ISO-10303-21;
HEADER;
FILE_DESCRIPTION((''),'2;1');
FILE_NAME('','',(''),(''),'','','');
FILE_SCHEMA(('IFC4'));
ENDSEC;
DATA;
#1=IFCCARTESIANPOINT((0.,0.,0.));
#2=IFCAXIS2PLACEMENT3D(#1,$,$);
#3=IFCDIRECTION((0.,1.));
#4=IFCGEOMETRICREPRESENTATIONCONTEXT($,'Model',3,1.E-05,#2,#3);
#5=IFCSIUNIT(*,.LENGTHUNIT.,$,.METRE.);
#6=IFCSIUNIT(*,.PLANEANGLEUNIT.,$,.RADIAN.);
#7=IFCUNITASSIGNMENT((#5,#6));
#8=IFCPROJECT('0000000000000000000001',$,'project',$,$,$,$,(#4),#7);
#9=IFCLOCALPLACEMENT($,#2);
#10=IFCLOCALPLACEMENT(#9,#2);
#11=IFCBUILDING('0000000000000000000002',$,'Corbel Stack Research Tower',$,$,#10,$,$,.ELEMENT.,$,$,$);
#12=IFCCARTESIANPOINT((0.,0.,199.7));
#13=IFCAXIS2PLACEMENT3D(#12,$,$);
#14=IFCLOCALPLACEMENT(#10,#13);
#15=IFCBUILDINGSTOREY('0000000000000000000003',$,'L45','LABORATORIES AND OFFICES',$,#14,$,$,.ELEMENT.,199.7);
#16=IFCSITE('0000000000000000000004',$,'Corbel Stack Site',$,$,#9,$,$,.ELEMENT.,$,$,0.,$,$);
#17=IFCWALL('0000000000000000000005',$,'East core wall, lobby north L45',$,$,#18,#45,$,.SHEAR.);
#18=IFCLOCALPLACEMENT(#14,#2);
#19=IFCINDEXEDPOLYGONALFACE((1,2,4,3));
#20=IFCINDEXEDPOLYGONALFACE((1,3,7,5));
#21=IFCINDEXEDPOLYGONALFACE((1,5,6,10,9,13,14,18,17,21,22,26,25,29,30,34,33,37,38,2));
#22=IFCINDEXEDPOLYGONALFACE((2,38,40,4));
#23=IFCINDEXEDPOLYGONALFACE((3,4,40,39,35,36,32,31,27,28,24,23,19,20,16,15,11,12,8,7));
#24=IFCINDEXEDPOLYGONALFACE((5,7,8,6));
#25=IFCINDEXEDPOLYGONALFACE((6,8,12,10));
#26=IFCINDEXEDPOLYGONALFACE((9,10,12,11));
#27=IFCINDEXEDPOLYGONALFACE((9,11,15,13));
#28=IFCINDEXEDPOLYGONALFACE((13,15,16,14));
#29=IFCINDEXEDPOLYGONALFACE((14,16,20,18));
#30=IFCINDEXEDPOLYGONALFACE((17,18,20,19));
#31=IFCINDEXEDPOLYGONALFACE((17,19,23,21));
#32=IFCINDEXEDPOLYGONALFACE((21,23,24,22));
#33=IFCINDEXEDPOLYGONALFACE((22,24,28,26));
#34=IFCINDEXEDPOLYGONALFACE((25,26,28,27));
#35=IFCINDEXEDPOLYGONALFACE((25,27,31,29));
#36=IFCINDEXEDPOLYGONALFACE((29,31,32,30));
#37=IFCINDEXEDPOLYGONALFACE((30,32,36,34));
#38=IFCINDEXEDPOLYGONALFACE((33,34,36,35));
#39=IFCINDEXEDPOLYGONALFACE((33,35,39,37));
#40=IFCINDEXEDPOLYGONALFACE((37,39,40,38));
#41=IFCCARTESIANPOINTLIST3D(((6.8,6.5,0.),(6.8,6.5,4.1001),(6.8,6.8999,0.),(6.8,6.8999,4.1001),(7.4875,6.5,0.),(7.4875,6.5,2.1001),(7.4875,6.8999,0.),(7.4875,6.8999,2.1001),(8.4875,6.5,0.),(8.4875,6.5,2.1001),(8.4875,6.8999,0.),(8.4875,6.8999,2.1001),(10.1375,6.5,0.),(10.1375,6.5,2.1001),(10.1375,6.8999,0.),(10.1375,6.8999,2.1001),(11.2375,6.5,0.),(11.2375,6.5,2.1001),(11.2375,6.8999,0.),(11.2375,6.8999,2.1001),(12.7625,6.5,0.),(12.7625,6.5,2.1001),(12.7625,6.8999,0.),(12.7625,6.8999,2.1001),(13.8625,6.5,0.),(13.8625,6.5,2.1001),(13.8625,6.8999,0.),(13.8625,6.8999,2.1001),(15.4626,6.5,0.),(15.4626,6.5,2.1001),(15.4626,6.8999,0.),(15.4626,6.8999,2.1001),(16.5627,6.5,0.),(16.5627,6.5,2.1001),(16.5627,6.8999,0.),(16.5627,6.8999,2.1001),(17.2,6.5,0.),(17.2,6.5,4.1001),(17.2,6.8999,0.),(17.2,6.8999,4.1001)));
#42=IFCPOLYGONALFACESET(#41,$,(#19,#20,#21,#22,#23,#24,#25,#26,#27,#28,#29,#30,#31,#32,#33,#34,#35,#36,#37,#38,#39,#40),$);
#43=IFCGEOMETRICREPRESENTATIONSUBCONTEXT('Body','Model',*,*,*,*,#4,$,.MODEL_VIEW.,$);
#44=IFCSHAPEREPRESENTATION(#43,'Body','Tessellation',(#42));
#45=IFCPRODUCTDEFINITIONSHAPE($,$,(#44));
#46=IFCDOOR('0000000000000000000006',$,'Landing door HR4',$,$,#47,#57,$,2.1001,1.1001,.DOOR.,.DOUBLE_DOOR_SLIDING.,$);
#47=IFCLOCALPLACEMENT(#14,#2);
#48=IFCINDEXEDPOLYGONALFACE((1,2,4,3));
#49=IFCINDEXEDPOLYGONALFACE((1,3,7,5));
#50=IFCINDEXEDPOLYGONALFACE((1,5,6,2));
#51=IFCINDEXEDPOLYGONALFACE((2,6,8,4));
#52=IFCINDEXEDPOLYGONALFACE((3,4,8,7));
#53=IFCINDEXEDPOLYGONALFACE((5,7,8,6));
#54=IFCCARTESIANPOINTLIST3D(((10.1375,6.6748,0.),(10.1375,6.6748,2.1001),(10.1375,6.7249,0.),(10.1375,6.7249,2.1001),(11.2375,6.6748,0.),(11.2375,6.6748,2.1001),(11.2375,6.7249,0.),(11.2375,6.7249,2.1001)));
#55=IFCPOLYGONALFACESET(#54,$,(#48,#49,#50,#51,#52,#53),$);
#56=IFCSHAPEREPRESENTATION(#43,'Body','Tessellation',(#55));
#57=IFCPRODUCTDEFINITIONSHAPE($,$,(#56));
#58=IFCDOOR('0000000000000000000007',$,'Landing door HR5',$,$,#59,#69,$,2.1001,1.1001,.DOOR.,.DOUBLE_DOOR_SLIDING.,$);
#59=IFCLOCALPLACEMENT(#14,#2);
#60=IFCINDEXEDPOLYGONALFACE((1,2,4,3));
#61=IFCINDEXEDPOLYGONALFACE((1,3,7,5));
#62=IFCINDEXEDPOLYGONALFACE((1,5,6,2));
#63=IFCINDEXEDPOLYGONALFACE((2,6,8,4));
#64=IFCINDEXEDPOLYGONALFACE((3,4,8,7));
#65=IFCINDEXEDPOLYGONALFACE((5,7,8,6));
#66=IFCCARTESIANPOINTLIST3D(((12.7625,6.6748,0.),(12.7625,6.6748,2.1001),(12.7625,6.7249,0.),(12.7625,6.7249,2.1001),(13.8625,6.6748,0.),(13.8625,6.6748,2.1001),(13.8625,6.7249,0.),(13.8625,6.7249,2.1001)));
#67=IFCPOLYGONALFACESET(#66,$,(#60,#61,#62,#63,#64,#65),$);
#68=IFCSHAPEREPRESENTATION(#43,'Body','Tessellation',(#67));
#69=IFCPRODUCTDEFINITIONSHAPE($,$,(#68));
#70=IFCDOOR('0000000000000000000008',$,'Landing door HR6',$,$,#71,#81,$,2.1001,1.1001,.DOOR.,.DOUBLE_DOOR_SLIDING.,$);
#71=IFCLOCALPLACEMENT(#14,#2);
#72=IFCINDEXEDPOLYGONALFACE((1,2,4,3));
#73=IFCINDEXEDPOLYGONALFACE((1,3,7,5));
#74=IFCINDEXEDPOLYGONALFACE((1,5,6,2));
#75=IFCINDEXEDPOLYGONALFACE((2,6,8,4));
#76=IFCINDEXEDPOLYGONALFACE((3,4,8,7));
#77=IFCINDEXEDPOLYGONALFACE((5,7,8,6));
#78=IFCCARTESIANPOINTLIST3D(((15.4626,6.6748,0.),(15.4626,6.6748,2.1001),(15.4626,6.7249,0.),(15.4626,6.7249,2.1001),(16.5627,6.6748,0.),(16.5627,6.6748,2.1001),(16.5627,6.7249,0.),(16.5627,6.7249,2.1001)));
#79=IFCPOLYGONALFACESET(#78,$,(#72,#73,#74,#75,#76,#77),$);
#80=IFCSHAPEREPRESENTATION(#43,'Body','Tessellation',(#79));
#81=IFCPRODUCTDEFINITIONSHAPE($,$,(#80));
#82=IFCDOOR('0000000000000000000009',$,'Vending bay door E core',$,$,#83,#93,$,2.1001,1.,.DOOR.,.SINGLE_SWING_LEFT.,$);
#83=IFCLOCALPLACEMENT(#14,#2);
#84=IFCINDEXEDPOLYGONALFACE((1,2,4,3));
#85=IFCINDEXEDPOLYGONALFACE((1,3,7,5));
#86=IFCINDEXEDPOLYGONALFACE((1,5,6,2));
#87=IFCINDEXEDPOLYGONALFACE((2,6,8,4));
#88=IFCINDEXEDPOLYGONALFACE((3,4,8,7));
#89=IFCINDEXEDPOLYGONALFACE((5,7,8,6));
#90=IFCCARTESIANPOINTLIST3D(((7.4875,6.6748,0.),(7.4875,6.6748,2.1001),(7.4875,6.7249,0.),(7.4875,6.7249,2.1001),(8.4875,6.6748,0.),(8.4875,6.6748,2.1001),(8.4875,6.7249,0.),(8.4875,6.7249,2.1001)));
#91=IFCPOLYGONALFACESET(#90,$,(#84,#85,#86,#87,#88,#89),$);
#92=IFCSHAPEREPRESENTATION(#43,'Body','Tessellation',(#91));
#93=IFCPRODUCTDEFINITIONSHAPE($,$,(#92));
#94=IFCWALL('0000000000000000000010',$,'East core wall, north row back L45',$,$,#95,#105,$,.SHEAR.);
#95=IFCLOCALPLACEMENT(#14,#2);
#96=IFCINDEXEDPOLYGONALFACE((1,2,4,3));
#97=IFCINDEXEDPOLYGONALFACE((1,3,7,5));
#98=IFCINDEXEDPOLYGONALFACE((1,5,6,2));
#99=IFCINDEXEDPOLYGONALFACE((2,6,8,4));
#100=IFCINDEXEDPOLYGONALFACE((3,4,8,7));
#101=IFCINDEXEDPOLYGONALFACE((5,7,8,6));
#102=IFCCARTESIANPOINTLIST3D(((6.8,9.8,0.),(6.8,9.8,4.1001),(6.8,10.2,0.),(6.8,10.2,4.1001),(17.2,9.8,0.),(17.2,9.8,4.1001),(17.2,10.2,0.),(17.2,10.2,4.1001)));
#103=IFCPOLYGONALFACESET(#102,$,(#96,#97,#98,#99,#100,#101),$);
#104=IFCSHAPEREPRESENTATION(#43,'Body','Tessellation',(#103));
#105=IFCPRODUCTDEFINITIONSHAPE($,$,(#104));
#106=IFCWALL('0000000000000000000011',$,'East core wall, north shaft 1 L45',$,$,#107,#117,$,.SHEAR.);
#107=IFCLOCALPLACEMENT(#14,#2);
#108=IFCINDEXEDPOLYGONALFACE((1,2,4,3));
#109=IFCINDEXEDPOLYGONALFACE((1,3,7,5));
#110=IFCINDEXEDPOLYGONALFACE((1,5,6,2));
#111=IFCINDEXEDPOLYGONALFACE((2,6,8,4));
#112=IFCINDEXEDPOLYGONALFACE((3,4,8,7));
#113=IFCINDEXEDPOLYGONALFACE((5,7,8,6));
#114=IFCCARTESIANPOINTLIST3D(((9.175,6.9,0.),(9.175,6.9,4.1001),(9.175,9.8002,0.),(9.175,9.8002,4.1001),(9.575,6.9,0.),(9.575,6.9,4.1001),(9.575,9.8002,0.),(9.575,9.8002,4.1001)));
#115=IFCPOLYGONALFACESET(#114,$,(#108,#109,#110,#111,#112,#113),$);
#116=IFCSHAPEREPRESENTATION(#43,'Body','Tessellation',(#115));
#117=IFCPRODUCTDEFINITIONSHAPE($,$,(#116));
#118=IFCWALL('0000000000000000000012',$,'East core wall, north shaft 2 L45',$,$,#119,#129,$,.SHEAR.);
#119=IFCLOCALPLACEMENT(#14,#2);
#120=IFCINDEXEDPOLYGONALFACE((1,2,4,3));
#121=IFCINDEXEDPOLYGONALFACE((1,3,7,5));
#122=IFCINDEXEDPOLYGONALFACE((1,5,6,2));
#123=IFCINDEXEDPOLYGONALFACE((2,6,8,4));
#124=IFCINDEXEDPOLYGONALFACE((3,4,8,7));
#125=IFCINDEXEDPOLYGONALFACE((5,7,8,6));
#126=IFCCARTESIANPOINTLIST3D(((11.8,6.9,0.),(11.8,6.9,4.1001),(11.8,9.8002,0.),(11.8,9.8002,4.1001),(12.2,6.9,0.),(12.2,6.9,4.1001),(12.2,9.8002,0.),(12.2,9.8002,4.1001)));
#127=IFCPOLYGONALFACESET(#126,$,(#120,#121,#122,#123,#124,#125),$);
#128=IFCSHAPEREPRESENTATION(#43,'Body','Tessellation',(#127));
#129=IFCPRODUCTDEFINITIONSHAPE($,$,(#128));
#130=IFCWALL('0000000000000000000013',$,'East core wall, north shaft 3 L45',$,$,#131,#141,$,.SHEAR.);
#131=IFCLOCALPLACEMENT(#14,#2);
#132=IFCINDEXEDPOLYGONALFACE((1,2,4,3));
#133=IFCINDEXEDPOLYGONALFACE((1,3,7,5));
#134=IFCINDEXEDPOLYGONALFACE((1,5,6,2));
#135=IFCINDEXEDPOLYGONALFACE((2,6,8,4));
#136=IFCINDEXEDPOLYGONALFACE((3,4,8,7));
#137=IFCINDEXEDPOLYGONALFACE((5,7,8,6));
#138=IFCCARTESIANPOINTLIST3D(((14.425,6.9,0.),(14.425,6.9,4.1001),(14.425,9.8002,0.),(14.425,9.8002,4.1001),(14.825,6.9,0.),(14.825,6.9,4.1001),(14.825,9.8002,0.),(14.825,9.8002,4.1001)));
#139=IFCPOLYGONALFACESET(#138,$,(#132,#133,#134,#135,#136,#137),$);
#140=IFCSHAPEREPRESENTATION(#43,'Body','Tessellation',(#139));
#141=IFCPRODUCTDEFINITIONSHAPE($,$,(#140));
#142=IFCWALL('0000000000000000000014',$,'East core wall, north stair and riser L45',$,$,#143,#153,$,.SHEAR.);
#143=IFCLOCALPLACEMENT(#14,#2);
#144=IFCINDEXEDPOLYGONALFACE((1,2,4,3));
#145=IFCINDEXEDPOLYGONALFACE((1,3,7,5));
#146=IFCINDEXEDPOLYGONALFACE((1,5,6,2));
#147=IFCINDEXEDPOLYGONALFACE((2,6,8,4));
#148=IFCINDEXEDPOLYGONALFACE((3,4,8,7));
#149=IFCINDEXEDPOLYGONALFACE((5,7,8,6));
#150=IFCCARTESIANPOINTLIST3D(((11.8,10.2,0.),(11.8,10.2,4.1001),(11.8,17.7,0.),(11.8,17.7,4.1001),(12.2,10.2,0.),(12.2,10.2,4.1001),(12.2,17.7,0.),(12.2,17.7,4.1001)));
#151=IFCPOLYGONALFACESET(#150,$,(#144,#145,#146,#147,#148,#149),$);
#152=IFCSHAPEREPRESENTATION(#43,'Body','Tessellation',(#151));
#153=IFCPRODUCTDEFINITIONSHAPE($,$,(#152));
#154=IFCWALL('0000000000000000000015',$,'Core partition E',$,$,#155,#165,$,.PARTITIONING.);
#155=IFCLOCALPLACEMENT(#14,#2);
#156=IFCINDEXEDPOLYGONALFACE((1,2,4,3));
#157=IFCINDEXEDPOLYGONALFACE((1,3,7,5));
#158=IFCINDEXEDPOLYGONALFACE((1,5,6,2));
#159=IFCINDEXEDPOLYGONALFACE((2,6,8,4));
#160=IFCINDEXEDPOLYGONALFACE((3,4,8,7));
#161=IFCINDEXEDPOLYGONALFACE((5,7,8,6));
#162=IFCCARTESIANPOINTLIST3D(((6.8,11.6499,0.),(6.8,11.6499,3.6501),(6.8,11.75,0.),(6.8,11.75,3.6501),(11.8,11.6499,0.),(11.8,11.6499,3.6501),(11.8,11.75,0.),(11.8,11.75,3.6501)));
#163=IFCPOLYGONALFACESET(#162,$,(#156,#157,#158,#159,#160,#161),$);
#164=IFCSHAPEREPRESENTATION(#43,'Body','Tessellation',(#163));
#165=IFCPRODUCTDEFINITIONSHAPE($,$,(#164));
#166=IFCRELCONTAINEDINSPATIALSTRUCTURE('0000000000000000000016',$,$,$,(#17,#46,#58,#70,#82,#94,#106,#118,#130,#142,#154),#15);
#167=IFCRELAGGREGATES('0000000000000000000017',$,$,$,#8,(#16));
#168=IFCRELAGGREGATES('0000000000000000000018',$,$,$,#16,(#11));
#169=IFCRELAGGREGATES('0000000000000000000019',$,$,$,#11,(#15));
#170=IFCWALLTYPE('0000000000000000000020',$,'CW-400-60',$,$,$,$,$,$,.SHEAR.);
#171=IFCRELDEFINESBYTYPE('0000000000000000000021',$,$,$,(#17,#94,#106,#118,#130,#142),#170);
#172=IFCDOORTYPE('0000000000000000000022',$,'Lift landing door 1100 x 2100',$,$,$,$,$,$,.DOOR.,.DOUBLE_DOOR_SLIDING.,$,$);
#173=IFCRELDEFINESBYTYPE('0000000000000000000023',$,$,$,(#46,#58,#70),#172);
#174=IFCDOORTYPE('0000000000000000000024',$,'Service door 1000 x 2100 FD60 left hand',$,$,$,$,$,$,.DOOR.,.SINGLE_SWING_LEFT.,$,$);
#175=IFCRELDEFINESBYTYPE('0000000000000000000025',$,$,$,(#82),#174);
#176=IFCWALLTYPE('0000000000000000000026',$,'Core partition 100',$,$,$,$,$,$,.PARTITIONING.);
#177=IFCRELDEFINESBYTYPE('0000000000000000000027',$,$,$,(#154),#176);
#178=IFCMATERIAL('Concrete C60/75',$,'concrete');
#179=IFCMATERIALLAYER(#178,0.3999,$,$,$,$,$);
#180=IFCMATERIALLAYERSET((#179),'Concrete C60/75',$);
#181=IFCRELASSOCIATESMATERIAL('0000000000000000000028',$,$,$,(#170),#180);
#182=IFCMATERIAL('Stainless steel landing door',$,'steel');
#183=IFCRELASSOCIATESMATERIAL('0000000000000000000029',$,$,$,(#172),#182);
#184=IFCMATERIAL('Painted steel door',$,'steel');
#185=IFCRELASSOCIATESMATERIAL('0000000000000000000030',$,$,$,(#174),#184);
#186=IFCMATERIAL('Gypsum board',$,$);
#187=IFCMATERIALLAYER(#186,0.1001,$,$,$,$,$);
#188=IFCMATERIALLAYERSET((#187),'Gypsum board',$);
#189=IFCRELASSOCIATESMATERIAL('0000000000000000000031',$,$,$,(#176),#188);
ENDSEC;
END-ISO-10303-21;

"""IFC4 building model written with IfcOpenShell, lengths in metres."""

from ifc_helpers import new_model, si_unit, direction, frame, frame_2d, origin, place, context, subcontext, project, spatial, rectangle, extrude, material, layer, layer_set, type_object, element, fill, save


model = new_model("IFC4")

# Units and contexts
model_context = context("Model", 3, precision=1e-05, world=origin(), true_north=direction((0.0, 1.0)))
body_context = subcontext(model_context, "Body", "Model", "MODEL_VIEW")
ifc_project = project(units=[si_unit("LENGTHUNIT", "METRE"), si_unit("PLANEANGLEUNIT", "RADIAN")], contexts=[model_context])

# Site, building, storey
site_placement = place(None, origin())
site = spatial("IfcSite", under=ifc_project, at=site_placement, Name="Corbel Stack Site", CompositionType="ELEMENT", RefElevation=0.0)
building_placement = place(site_placement, origin())
building = spatial("IfcBuilding", under=site, at=building_placement, Name="Corbel Stack Research Tower", CompositionType="ELEMENT")
storey_placement = place(building_placement, frame((0.0, 0.0, 199.7)))
storey = spatial("IfcBuildingStorey", under=building, at=storey_placement, Name="L45", Description="LABORATORIES AND OFFICES", CompositionType="ELEMENT", Elevation=199.7)

# Wall, openings, doors
ifc_material_1 = material(Name="Concrete C60/75", Category="concrete")
ifc_layer_1 = layer(ifc_material_1, 0.3999)
ifc_layer_set_1 = layer_set([ifc_layer_1], Name="Concrete C60/75")
wall_type_1 = type_object("IfcWallType", Name="CW-400-60", PredefinedType="SHEAR", material=ifc_layer_set_1)
ifc_material_2 = material(Name="Stainless steel landing door", Category="steel")
door_type_1 = type_object("IfcDoorType", Name="Lift landing door 1100 x 2100", OperationType="DOUBLE_DOOR_SLIDING", PredefinedType="DOOR", material=ifc_material_2)
ifc_material_3 = material(Name="Painted steel door", Category="steel")
door_type_2 = type_object("IfcDoorType", Name="Service door 1000 x 2100 FD60 left hand", OperationType="SINGLE_SWING_LEFT", PredefinedType="DOOR", material=ifc_material_3)
wall_1_placement = place(storey_placement, frame((6.8, 6.7, 0.0), z_axis=(0.0, 0.0, 1.0), x_axis=(1.0, 0.0, 0.0)))
wall_1 = element("IfcWall", 1, at=wall_1_placement, inside=storey, type_object=wall_type_1, Name="East core wall, lobby north L45", PredefinedType="SHEAR", context=body_context, shape_type="SweptSolid", body=[
    extrude(rectangle(XDim=10.3999, YDim=0.3999, at=frame_2d((5.2, 0.0))), origin(), (0.0, 0.0, 1.0), 4.1001),
])
opening_1_placement = place(wall_1_placement, frame((3.3374, 0.0, 0.0)))
opening_1 = element("IfcOpeningElement", 2, at=opening_1_placement, cuts=wall_1, PredefinedType="OPENING", context=body_context, shape_type="SweptSolid", body=[
    extrude(rectangle(XDim=1.1001, YDim=2.1001, at=frame_2d((0.55, 1.05))), frame((0.0, 0.21, 0.0), z_axis=(0.0, -1.0, 0.0), x_axis=(1.0, 0.0, 0.0)), (0.0, 0.0, 1.0), 0.4199),
])
opening_2_placement = place(wall_1_placement, frame((5.9624, 0.0, 0.0)))
opening_2 = element("IfcOpeningElement", 3, at=opening_2_placement, cuts=wall_1, PredefinedType="OPENING", context=body_context, shape_type="SweptSolid", body=[
    extrude(rectangle(XDim=1.1001, YDim=2.1001, at=frame_2d((0.55, 1.05))), frame((0.0, 0.21, 0.0), z_axis=(0.0, -1.0, 0.0), x_axis=(1.0, 0.0, 0.0)), (0.0, 0.0, 1.0), 0.4199),
])
opening_3_placement = place(wall_1_placement, frame((8.6626, 0.0, 0.0)))
opening_3 = element("IfcOpeningElement", 4, at=opening_3_placement, cuts=wall_1, PredefinedType="OPENING", context=body_context, shape_type="SweptSolid", body=[
    extrude(rectangle(XDim=1.1001, YDim=2.1001, at=frame_2d((0.55, 1.05))), frame((0.0, 0.21, 0.0), z_axis=(0.0, -1.0, 0.0), x_axis=(1.0, 0.0, 0.0)), (0.0, 0.0, 1.0), 0.4199),
])
opening_4_placement = place(wall_1_placement, frame((0.6875, 0.0, 0.0)))
opening_4 = element("IfcOpeningElement", 5, at=opening_4_placement, cuts=wall_1, PredefinedType="OPENING", context=body_context, shape_type="SweptSolid", body=[
    extrude(rectangle(XDim=1.0, YDim=2.1001, at=frame_2d((0.5, 1.05))), frame((0.0, 0.21, 0.0), z_axis=(0.0, -1.0, 0.0), x_axis=(1.0, 0.0, 0.0)), (0.0, 0.0, 1.0), 0.4199),
])
door_1_placement = place(opening_1_placement, origin())
door_1 = element("IfcDoor", 6, at=door_1_placement, inside=storey, type_object=door_type_1, Name="Landing door HR4", OperationType="DOUBLE_DOOR_SLIDING", OverallHeight=2.1001, OverallWidth=1.1001, PredefinedType="DOOR", context=body_context, shape_type="SweptSolid", body=[
    extrude(rectangle(XDim=1.1001, YDim=2.1001, at=frame_2d((0.55, 1.05))), frame((0.0, 0.0249, 0.0), z_axis=(0.0, -1.0, 0.0), x_axis=(1.0, 0.0, 0.0)), (0.0, 0.0, 1.0), 0.05),
])
fill(opening_1, door_1)
door_2_placement = place(opening_2_placement, origin())
door_2 = element("IfcDoor", 7, at=door_2_placement, inside=storey, type_object=door_type_1, Name="Landing door HR5", OperationType="DOUBLE_DOOR_SLIDING", OverallHeight=2.1001, OverallWidth=1.1001, PredefinedType="DOOR", context=body_context, shape_type="SweptSolid", body=[
    extrude(rectangle(XDim=1.1001, YDim=2.1001, at=frame_2d((0.55, 1.05))), frame((0.0, 0.0249, 0.0), z_axis=(0.0, -1.0, 0.0), x_axis=(1.0, 0.0, 0.0)), (0.0, 0.0, 1.0), 0.05),
])
fill(opening_2, door_2)
door_3_placement = place(opening_3_placement, origin())
door_3 = element("IfcDoor", 8, at=door_3_placement, inside=storey, type_object=door_type_1, Name="Landing door HR6", OperationType="DOUBLE_DOOR_SLIDING", OverallHeight=2.1001, OverallWidth=1.1001, PredefinedType="DOOR", context=body_context, shape_type="SweptSolid", body=[
    extrude(rectangle(XDim=1.1001, YDim=2.1001, at=frame_2d((0.55, 1.05))), frame((0.0, 0.0249, 0.0), z_axis=(0.0, -1.0, 0.0), x_axis=(1.0, 0.0, 0.0)), (0.0, 0.0, 1.0), 0.05),
])
fill(opening_3, door_3)
door_4_placement = place(opening_4_placement, origin())
door_4 = element("IfcDoor", 9, at=door_4_placement, inside=storey, type_object=door_type_2, Name="Vending bay door E core", OperationType="SINGLE_SWING_LEFT", OverallHeight=2.1001, OverallWidth=1.0, PredefinedType="DOOR", context=body_context, shape_type="SweptSolid", body=[
    extrude(rectangle(XDim=1.0, YDim=2.1001, at=frame_2d((0.5, 1.05))), frame((0.0, 0.0249, 0.0), z_axis=(0.0, -1.0, 0.0), x_axis=(1.0, 0.0, 0.0)), (0.0, 0.0, 1.0), 0.05),
])
fill(opening_4, door_4)

# Walls
wall_2_placement = place(storey_placement, frame((6.8, 10.0, 0.0), z_axis=(0.0, 0.0, 1.0), x_axis=(1.0, 0.0, 0.0)))
element("IfcWall", 10, at=wall_2_placement, inside=storey, type_object=wall_type_1, Name="East core wall, north row back L45", PredefinedType="SHEAR", context=body_context, shape_type="SweptSolid", body=[
    extrude(rectangle(XDim=10.3999, YDim=0.3999, at=frame_2d((5.2, 0.0))), origin(), (0.0, 0.0, 1.0), 4.1001),
])
for number, where, z_axis, x_axis, name in (
    (11, (9.375, 6.8999, 0.0), (0.0, 0.0, 1.0), (0.0, 1.0, 0.0), "East core wall, north shaft 1 L45"),
    (12, (12.0, 6.8999, 0.0), (0.0, 0.0, 1.0), (0.0, 1.0, 0.0), "East core wall, north shaft 2 L45"),
    (13, (14.625, 6.8999, 0.0), (0.0, 0.0, 1.0), (0.0, 1.0, 0.0), "East core wall, north shaft 3 L45"),
):
    element("IfcWall", number, at=place(storey_placement, frame(where, z_axis=z_axis, x_axis=x_axis)), inside=storey, type_object=wall_type_1, Name=name, PredefinedType="SHEAR", context=body_context, shape_type="SweptSolid", body=[
        extrude(rectangle(XDim=2.9001, YDim=0.3999, at=frame_2d((1.4502, 0.0))), origin(), (0.0, 0.0, 1.0), 4.1001),
    ])
wall_3_placement = place(storey_placement, frame((12.0, 10.2, 0.0), z_axis=(0.0, 0.0, 1.0), x_axis=(0.0, 1.0, 0.0)))
element("IfcWall", 14, at=wall_3_placement, inside=storey, type_object=wall_type_1, Name="East core wall, north stair and riser L45", PredefinedType="SHEAR", context=body_context, shape_type="SweptSolid", body=[
    extrude(rectangle(XDim=7.5, YDim=0.3999, at=frame_2d((3.75, 0.0))), origin(), (0.0, 0.0, 1.0), 4.1001),
])
ifc_material_4 = material(Name="Gypsum board")
ifc_layer_2 = layer(ifc_material_4, 0.1001)
ifc_layer_set_2 = layer_set([ifc_layer_2], Name="Gypsum board")
wall_type_2 = type_object("IfcWallType", Name="Core partition 100", PredefinedType="PARTITIONING", material=ifc_layer_set_2)
wall_4_placement = place(storey_placement, frame((6.8, 11.7, 0.0), z_axis=(0.0, 0.0, 1.0), x_axis=(1.0, 0.0, 0.0)))
element("IfcWall", 15, at=wall_4_placement, inside=storey, type_object=wall_type_2, Name="Core partition E", PredefinedType="PARTITIONING", context=body_context, shape_type="SweptSolid", body=[
    extrude(rectangle(XDim=5.0, YDim=0.1001, at=frame_2d((2.5, 0.0))), origin(), (0.0, 0.0, 1.0), 3.6501),
])

save(model, "model.ifc")
